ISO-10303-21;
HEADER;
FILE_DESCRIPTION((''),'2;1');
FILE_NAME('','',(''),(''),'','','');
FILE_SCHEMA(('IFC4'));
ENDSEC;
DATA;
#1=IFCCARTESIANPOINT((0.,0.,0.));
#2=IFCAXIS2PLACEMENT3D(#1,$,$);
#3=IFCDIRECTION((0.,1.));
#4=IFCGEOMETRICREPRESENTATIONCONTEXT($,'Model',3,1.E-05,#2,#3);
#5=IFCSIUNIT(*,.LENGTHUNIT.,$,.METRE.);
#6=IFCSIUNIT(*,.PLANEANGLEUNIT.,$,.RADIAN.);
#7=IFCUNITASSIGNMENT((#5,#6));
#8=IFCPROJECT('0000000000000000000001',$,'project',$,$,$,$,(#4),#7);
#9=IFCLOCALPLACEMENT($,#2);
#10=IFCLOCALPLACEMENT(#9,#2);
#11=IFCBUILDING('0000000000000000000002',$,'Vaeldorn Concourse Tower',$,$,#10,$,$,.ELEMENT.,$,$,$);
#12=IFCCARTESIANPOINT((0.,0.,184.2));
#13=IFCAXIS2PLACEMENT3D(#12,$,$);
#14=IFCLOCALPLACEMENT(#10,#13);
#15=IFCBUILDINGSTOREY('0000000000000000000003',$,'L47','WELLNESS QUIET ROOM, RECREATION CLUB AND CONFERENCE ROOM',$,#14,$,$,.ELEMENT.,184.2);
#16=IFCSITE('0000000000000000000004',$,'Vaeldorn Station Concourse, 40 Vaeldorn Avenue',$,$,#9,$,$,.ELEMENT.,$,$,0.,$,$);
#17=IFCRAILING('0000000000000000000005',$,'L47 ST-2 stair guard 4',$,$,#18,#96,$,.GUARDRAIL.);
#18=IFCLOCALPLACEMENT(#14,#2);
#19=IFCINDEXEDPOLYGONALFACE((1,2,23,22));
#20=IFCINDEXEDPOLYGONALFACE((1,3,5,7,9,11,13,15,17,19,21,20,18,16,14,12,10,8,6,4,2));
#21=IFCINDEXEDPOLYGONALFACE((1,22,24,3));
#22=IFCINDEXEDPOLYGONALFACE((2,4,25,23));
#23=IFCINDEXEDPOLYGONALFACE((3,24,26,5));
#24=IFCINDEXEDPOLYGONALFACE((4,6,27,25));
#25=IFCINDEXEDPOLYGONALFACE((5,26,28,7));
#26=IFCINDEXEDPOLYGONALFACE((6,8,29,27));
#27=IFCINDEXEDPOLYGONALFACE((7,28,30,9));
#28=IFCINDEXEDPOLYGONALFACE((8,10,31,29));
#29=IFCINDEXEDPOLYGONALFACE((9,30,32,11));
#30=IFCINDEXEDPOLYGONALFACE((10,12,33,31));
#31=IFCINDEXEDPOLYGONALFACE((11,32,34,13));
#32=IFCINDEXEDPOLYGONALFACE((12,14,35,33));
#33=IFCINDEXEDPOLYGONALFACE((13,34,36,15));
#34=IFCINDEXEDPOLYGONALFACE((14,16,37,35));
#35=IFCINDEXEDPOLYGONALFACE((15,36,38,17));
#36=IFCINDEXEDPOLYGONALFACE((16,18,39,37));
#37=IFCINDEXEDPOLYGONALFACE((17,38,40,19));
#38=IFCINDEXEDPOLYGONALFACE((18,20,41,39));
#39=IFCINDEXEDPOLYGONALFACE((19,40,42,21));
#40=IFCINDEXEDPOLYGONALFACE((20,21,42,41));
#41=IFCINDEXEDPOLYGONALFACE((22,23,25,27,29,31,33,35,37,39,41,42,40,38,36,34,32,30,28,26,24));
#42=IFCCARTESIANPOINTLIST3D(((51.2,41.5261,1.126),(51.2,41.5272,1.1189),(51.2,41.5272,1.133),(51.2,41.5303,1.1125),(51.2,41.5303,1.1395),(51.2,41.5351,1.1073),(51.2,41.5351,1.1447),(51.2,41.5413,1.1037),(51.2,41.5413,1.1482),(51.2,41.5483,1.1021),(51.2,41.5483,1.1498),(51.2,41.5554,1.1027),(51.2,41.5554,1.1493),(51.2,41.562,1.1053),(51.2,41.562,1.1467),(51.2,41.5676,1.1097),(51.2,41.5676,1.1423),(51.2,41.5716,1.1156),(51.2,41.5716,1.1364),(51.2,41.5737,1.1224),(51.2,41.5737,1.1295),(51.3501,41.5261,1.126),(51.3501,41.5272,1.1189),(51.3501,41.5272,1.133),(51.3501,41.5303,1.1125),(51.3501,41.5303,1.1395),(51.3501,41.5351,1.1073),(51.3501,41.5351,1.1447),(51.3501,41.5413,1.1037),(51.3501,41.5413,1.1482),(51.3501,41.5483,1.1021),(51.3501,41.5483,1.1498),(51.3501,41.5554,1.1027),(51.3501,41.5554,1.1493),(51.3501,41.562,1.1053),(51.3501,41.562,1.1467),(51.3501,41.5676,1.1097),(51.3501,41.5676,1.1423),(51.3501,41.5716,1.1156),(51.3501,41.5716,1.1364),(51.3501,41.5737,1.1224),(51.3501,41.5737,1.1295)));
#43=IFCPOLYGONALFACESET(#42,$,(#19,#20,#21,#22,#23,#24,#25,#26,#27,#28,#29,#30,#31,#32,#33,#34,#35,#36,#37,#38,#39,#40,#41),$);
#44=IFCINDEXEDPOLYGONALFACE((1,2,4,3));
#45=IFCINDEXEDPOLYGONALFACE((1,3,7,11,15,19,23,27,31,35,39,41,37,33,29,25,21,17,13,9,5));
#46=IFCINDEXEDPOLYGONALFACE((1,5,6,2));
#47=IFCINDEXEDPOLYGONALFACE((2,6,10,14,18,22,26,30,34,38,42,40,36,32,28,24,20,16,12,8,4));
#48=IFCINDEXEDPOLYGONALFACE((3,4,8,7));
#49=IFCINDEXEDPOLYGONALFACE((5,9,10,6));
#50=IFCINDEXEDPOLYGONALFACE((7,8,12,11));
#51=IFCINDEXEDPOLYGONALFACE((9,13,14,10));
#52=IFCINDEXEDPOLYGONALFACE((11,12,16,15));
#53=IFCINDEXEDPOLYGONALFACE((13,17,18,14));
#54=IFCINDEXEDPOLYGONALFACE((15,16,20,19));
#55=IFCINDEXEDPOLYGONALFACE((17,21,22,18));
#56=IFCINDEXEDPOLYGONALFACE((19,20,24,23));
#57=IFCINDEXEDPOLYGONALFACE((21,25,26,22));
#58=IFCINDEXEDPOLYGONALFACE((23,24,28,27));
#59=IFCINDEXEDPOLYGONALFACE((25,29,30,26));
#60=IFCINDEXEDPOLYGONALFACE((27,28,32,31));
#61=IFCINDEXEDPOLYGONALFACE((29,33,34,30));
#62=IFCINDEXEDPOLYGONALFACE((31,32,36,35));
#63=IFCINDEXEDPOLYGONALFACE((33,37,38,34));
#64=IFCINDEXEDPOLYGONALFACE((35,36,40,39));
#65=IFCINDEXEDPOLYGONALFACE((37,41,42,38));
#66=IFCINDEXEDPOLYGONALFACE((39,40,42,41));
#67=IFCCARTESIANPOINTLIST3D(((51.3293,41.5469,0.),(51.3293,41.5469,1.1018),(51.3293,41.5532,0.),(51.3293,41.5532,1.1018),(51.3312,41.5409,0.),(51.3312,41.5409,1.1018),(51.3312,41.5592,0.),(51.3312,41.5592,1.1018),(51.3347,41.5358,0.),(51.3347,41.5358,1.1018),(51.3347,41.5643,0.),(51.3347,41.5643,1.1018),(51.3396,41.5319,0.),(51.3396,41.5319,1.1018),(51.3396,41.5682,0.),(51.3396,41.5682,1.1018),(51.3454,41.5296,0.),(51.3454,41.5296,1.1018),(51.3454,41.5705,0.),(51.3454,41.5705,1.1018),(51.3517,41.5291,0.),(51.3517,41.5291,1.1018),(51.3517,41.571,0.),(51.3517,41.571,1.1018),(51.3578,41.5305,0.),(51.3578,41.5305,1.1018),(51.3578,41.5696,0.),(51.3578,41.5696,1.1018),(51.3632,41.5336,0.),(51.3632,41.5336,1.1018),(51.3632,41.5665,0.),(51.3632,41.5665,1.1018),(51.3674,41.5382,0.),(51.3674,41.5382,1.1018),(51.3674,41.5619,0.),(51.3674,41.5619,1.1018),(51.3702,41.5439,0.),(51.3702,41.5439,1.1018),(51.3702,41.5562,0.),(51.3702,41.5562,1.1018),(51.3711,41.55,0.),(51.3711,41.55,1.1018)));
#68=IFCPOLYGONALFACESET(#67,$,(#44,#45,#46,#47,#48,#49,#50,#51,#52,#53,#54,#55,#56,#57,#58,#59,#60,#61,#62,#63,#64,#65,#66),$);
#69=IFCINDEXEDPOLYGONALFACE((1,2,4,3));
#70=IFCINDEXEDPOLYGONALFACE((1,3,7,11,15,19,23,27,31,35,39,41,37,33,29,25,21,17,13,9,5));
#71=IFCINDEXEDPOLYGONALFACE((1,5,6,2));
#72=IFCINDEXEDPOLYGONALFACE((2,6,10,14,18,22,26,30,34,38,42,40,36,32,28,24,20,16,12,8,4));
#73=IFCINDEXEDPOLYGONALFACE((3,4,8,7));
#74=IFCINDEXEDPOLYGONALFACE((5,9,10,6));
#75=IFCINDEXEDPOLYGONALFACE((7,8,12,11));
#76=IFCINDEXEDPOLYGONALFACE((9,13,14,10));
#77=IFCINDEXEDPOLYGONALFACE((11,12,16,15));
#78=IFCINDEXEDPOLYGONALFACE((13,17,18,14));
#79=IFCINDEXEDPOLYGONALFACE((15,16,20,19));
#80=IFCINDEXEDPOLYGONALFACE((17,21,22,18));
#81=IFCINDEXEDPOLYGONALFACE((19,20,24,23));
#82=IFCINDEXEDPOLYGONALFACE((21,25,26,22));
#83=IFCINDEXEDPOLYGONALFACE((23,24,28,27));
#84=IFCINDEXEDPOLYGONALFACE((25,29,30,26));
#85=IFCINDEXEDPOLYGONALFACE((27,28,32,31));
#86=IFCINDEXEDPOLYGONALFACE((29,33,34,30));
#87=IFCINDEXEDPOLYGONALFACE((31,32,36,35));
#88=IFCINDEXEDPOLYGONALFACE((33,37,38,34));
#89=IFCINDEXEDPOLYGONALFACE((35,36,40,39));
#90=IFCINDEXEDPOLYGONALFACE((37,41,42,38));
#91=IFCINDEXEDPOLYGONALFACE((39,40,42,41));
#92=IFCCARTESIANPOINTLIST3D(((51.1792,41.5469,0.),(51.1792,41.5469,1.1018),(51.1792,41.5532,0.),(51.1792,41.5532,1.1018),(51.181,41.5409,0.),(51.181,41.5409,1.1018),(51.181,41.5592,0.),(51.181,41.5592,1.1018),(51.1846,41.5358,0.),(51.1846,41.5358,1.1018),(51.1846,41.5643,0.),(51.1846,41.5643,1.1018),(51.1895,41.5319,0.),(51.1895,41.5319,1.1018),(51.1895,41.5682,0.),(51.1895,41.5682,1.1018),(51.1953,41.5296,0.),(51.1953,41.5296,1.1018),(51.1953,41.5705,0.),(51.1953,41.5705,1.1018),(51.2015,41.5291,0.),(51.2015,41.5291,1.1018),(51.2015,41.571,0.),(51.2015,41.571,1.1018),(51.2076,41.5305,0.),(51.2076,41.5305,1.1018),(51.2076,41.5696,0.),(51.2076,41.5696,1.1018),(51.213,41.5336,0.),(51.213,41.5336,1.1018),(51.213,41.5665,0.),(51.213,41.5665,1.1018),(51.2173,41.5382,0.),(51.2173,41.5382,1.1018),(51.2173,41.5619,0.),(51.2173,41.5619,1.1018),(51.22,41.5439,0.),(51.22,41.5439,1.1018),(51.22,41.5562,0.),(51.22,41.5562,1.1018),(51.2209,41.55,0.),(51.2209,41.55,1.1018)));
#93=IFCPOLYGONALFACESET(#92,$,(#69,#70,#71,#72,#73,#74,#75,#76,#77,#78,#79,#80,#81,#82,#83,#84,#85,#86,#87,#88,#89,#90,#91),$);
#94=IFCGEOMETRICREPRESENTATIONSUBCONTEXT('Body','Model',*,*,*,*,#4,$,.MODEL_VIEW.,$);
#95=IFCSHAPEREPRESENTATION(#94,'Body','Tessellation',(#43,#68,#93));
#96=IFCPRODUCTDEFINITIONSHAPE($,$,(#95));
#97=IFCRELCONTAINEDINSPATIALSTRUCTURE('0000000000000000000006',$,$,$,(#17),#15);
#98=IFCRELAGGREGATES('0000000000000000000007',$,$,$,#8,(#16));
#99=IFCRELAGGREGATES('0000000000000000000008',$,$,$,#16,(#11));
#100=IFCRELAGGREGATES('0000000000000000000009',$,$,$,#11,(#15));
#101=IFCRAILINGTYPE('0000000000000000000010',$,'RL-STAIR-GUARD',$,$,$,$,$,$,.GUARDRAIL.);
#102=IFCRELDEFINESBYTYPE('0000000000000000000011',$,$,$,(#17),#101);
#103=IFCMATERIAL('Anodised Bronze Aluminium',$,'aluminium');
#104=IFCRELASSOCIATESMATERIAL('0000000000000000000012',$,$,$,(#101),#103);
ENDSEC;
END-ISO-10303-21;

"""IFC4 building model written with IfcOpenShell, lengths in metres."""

from ifc_helpers import new_model, si_unit, direction, frame, origin, origin_2d, place, context, subcontext, project, spatial, circle, extrude, material, type_object, element, save


model = new_model("IFC4")

# Units and contexts
model_context = context("Model", 3, precision=1e-05, world=origin(), true_north=direction((0.0, 1.0)))
body_context = subcontext(model_context, "Body", "Model", "MODEL_VIEW")
ifc_project = project(units=[si_unit("LENGTHUNIT", "METRE"), si_unit("PLANEANGLEUNIT", "RADIAN")], contexts=[model_context])

# Site, building, storey
site_placement = place(None, origin())
site = spatial("IfcSite", under=ifc_project, at=site_placement, Name="Vaeldorn Station Concourse, 40 Vaeldorn Avenue", CompositionType="ELEMENT", RefElevation=0.0)
building_placement = place(site_placement, origin())
building = spatial("IfcBuilding", under=site, at=building_placement, Name="Vaeldorn Concourse Tower", CompositionType="ELEMENT")
storey_placement = place(building_placement, frame((0.0, 0.0, 184.2)))
storey = spatial("IfcBuildingStorey", under=building, at=storey_placement, Name="L47", Description="WELLNESS QUIET ROOM, RECREATION CLUB AND CONFERENCE ROOM", CompositionType="ELEMENT", Elevation=184.2)

# Shared definitions
ifc_material_1 = material(Name="Anodised Bronze Aluminium", Category="aluminium")

# Railing
railing_type_1 = type_object("IfcRailingType", Name="RL-STAIR-GUARD", PredefinedType="GUARDRAIL", material=ifc_material_1)
railing_1_placement = place(storey_placement, frame((51.3501, 41.55, 0.0)))
element("IfcRailing", 1, at=railing_1_placement, inside=storey, type_object=railing_type_1, Name="L47 ST-2 stair guard 4", PredefinedType="GUARDRAIL", context=body_context, shape_type="SweptSolid", body=[
    extrude(circle(Radius=0.0239, at=origin_2d()), frame((0.0, 0.0, 1.126), z_axis=(-1.0, 0.0, 0.0), x_axis=(0.0, -1.0, 0.0)), (0.0, 0.0, 1.0), 0.1501),
    extrude(circle(Radius=0.021, at=origin_2d()), origin(), (0.0, 0.0, 1.0), 1.1018),
    extrude(circle(Radius=0.021, at=origin_2d()), frame((-0.1501, 0.0, 0.0)), (0.0, 0.0, 1.0), 1.1018),
])

save(model, "model.ifc")
